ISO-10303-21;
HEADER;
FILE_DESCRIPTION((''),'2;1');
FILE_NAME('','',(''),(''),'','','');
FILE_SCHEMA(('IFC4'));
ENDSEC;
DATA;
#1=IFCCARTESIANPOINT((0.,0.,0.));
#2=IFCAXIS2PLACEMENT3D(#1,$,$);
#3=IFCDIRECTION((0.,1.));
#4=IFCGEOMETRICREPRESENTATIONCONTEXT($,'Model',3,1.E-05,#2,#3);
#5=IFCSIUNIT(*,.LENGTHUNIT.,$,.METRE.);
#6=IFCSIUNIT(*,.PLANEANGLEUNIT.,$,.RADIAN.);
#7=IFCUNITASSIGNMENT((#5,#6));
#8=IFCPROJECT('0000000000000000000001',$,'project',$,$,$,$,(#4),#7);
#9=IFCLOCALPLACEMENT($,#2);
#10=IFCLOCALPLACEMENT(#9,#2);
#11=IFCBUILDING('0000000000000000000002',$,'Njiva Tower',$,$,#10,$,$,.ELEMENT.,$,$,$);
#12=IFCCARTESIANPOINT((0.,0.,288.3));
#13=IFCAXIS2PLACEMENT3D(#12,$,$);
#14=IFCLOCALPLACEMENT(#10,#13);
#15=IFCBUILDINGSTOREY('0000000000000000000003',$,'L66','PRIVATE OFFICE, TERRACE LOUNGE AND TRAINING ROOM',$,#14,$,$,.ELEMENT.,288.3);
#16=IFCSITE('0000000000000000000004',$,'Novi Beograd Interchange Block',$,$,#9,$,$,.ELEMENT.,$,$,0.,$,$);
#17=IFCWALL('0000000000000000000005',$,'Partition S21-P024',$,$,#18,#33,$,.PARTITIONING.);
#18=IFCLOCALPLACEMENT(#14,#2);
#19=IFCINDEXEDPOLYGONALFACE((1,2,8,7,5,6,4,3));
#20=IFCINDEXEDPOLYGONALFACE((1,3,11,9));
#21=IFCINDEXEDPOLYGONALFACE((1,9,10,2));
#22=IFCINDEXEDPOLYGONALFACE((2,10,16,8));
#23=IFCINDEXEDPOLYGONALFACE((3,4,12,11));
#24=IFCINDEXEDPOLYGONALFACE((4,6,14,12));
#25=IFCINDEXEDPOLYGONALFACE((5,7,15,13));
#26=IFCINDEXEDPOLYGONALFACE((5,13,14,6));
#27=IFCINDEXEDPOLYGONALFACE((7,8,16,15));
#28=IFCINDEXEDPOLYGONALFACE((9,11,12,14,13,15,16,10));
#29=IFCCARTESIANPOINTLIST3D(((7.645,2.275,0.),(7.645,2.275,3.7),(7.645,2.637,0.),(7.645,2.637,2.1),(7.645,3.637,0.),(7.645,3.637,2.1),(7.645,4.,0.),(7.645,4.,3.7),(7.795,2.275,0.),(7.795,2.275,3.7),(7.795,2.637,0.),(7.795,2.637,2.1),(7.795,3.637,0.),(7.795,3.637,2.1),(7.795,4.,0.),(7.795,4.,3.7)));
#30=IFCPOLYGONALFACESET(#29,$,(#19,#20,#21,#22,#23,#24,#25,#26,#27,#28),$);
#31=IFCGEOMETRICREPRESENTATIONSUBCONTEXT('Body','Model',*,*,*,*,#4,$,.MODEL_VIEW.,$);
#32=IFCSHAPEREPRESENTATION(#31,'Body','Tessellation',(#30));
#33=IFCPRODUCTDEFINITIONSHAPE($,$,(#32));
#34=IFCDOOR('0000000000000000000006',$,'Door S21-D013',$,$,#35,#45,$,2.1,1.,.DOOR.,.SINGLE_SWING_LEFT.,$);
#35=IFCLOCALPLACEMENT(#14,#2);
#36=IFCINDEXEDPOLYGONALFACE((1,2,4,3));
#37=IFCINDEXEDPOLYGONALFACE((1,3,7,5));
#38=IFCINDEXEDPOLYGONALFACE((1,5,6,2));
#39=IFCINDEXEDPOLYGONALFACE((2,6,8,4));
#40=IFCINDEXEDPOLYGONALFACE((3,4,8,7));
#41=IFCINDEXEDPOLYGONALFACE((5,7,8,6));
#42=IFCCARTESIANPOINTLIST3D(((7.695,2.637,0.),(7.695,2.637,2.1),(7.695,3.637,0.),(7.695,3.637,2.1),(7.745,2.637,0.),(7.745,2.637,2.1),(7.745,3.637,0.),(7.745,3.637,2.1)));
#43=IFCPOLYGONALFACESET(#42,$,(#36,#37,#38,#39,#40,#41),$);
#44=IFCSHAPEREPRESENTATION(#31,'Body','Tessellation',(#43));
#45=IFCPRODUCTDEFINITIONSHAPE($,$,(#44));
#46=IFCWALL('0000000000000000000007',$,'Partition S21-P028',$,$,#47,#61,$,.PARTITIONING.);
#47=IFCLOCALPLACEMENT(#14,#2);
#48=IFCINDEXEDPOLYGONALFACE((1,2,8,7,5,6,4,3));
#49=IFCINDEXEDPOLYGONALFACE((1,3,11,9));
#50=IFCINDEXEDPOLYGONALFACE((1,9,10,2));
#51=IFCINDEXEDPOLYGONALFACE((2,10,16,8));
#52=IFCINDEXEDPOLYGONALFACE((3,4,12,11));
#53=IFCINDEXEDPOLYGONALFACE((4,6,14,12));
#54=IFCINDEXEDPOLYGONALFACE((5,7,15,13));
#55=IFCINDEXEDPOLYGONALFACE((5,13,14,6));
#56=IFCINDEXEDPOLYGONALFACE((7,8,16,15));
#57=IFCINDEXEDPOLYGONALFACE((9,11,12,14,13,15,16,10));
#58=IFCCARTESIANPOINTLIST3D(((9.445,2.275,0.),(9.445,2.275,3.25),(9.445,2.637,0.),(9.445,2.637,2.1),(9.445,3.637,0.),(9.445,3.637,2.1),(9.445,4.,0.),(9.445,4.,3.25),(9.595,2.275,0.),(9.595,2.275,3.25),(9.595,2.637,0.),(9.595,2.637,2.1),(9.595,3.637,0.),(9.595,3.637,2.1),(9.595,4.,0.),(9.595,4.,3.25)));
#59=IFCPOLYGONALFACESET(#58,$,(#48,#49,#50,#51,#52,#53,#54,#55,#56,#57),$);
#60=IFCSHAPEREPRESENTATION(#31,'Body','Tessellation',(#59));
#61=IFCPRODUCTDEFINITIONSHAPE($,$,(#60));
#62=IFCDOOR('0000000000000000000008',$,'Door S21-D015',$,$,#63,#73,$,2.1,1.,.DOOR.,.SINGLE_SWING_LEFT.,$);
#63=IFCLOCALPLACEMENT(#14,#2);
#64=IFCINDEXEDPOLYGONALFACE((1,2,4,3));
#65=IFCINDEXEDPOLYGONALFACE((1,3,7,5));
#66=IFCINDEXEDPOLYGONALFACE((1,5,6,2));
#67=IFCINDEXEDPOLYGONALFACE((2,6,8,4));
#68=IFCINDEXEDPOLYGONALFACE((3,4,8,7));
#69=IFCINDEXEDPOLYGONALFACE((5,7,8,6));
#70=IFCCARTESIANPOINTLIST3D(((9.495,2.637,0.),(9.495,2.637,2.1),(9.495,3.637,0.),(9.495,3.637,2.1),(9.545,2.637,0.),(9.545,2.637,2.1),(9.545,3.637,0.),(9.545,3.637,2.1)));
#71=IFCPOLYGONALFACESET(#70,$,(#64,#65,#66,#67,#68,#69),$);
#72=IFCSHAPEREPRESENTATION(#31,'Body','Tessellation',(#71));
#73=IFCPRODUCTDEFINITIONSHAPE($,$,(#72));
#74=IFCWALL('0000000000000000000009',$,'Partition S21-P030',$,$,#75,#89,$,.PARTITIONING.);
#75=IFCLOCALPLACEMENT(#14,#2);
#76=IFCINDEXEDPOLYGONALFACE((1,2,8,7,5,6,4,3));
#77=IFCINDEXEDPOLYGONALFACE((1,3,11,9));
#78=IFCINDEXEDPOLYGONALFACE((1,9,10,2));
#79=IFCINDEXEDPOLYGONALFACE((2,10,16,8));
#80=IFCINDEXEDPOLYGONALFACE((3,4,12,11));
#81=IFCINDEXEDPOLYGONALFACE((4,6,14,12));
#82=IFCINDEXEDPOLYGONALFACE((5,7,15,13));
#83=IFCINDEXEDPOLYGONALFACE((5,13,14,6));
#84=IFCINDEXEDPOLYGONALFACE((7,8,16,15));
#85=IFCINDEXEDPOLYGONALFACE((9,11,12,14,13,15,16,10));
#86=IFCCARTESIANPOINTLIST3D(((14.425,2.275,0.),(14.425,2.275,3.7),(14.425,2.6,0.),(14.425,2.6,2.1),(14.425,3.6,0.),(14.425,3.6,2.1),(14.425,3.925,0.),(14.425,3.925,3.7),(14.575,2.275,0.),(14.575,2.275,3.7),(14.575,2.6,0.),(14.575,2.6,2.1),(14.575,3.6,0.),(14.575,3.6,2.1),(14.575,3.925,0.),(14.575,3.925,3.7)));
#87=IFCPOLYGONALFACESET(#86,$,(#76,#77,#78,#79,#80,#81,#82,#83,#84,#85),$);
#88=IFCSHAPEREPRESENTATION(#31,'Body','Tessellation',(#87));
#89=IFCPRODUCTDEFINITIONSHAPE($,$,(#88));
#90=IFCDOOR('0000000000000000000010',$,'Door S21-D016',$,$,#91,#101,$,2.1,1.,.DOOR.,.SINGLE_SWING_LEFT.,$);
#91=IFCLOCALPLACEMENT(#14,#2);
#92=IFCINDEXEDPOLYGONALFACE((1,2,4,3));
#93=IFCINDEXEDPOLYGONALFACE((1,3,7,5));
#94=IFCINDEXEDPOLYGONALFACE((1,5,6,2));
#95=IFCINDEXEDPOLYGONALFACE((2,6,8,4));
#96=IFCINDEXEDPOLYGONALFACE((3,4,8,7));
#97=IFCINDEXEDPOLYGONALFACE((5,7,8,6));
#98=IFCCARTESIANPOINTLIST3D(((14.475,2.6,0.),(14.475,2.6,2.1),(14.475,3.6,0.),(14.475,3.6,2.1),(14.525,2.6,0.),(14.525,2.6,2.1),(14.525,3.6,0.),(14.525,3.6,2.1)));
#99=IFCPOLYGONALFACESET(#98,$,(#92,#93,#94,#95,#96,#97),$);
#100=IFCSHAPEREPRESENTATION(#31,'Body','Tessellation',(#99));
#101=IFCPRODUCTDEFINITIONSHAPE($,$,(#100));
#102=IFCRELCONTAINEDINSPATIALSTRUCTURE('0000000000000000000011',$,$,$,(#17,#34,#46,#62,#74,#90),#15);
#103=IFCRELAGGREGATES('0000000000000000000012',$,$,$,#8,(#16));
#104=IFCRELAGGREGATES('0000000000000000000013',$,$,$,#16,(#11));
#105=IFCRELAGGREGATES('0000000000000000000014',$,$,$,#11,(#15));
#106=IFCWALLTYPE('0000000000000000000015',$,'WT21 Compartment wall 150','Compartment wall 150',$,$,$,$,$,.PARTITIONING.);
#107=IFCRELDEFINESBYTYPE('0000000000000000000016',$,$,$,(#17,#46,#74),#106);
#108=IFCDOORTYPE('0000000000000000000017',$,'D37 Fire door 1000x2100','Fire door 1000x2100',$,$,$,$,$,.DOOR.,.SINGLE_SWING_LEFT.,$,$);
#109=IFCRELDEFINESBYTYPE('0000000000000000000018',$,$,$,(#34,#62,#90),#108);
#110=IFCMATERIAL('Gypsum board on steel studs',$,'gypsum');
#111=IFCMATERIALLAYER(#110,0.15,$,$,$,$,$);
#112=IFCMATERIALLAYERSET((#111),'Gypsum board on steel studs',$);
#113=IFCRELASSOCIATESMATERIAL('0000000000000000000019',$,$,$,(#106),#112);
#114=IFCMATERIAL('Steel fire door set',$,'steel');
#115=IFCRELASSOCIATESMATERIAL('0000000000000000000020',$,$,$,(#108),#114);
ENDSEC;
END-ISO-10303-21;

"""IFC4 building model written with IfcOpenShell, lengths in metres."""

from ifc_helpers import new_model, si_unit, direction, frame, frame_2d, origin, place, context, subcontext, project, spatial, rectangle, extrude, material, layer, layer_set, type_object, element, fill, save


model = new_model("IFC4")

# Units and contexts
model_context = context("Model", 3, precision=1e-05, world=origin(), true_north=direction((0.0, 1.0)))
body_context = subcontext(model_context, "Body", "Model", "MODEL_VIEW")
ifc_project = project(units=[si_unit("LENGTHUNIT", "METRE"), si_unit("PLANEANGLEUNIT", "RADIAN")], contexts=[model_context])

# Site, building, storey
site_placement = place(None, origin())
site = spatial("IfcSite", under=ifc_project, at=site_placement, Name="Novi Beograd Interchange Block", CompositionType="ELEMENT", RefElevation=0.0)
building_placement = place(site_placement, origin())
building = spatial("IfcBuilding", under=site, at=building_placement, Name="Njiva Tower", CompositionType="ELEMENT")
storey_placement = place(building_placement, frame((0.0, 0.0, 288.3)))
storey = spatial("IfcBuildingStorey", under=building, at=storey_placement, Name="L66", Description="PRIVATE OFFICE, TERRACE LOUNGE AND TRAINING ROOM", CompositionType="ELEMENT", Elevation=288.3)

# Shared definitions
ifc_material_1 = material(Name="Gypsum board on steel studs", Category="gypsum")

# Walls, openings, doors
ifc_layer_1 = layer(ifc_material_1, 0.15)
ifc_layer_set_1 = layer_set([ifc_layer_1], Name="Gypsum board on steel studs")
wall_type_1 = type_object("IfcWallType", Name="WT21 Compartment wall 150", Description="Compartment wall 150", PredefinedType="PARTITIONING", material=ifc_layer_set_1)
wall_1_placement = place(storey_placement, frame((7.72, 2.275, 0.0), z_axis=(0.0, 0.0, 1.0), x_axis=(0.0, 1.0, 0.0)))
wall_1 = element("IfcWall", 1, at=wall_1_placement, inside=storey, type_object=wall_type_1, Name="Partition S21-P024", PredefinedType="PARTITIONING", context=body_context, shape_type="SweptSolid", body=[
    extrude(rectangle(XDim=1.725, YDim=0.15, at=frame_2d((0.8625, 0.0))), origin(), (0.0, 0.0, 1.0), 3.7),
])
opening_1_placement = place(wall_1_placement, frame((0.362, 0.0, 0.0)))
opening_1 = element("IfcOpeningElement", 2, at=opening_1_placement, cuts=wall_1, PredefinedType="OPENING", context=body_context, shape_type="SweptSolid", body=[
    extrude(rectangle(XDim=1.0, YDim=2.1, at=frame_2d((0.5, 1.05))), frame((0.0, 0.085, 0.0), z_axis=(0.0, -1.0, 0.0), x_axis=(1.0, 0.0, 0.0)), (0.0, 0.0, 1.0), 0.17),
])
ifc_material_2 = material(Name="Steel fire door set", Category="steel")
door_type_1 = type_object("IfcDoorType", Name="D37 Fire door 1000x2100", Description="Fire door 1000x2100", OperationType="SINGLE_SWING_LEFT", PredefinedType="DOOR", material=ifc_material_2)
door_1_placement = place(opening_1_placement, origin())
door_1 = element("IfcDoor", 3, at=door_1_placement, inside=storey, type_object=door_type_1, Name="Door S21-D013", OperationType="SINGLE_SWING_LEFT", OverallHeight=2.1, OverallWidth=1.0, PredefinedType="DOOR", context=body_context, shape_type="SweptSolid", body=[
    extrude(rectangle(XDim=1.0, YDim=2.1, at=frame_2d((0.5, 1.05))), frame((0.0, 0.025, 0.0), z_axis=(0.0, -1.0, 0.0), x_axis=(1.0, 0.0, 0.0)), (0.0, 0.0, 1.0), 0.05),
])
fill(opening_1, door_1)
wall_2_placement = place(storey_placement, frame((9.52, 2.275, 0.0), z_axis=(0.0, 0.0, 1.0), x_axis=(0.0, 1.0, 0.0)))
wall_2 = element("IfcWall", 4, at=wall_2_placement, inside=storey, type_object=wall_type_1, Name="Partition S21-P028", PredefinedType="PARTITIONING", context=body_context, shape_type="SweptSolid", body=[
    extrude(rectangle(XDim=1.725, YDim=0.15, at=frame_2d((0.8625, 0.0))), origin(), (0.0, 0.0, 1.0), 3.25),
])
opening_2_placement = place(wall_2_placement, frame((0.362, 0.0, 0.0)))
opening_2 = element("IfcOpeningElement", 5, at=opening_2_placement, cuts=wall_2, PredefinedType="OPENING", context=body_context, shape_type="SweptSolid", body=[
    extrude(rectangle(XDim=1.0, YDim=2.1, at=frame_2d((0.5, 1.05))), frame((0.0, 0.085, 0.0), z_axis=(0.0, -1.0, 0.0), x_axis=(1.0, 0.0, 0.0)), (0.0, 0.0, 1.0), 0.17),
])
door_2_placement = place(opening_2_placement, origin())
door_2 = element("IfcDoor", 6, at=door_2_placement, inside=storey, type_object=door_type_1, Name="Door S21-D015", OperationType="SINGLE_SWING_LEFT", OverallHeight=2.1, OverallWidth=1.0, PredefinedType="DOOR", context=body_context, shape_type="SweptSolid", body=[
    extrude(rectangle(XDim=1.0, YDim=2.1, at=frame_2d((0.5, 1.05))), frame((0.0, 0.025, 0.0), z_axis=(0.0, -1.0, 0.0), x_axis=(1.0, 0.0, 0.0)), (0.0, 0.0, 1.0), 0.05),
])
fill(opening_2, door_2)
wall_3_placement = place(storey_placement, frame((14.5, 2.275, 0.0), z_axis=(0.0, 0.0, 1.0), x_axis=(0.0, 1.0, 0.0)))
wall_3 = element("IfcWall", 7, at=wall_3_placement, inside=storey, type_object=wall_type_1, Name="Partition S21-P030", PredefinedType="PARTITIONING", context=body_context, shape_type="SweptSolid", body=[
    extrude(rectangle(XDim=1.65, YDim=0.15, at=frame_2d((0.825, 0.0))), origin(), (0.0, 0.0, 1.0), 3.7),
])
opening_3_placement = place(wall_3_placement, frame((0.325, 0.0, 0.0)))
opening_3 = element("IfcOpeningElement", 8, at=opening_3_placement, cuts=wall_3, PredefinedType="OPENING", context=body_context, shape_type="SweptSolid", body=[
    extrude(rectangle(XDim=1.0, YDim=2.1, at=frame_2d((0.5, 1.05))), frame((0.0, 0.085, 0.0), z_axis=(0.0, -1.0, 0.0), x_axis=(1.0, 0.0, 0.0)), (0.0, 0.0, 1.0), 0.17),
])
door_3_placement = place(opening_3_placement, origin())
door_3 = element("IfcDoor", 9, at=door_3_placement, inside=storey, type_object=door_type_1, Name="Door S21-D016", OperationType="SINGLE_SWING_LEFT", OverallHeight=2.1, OverallWidth=1.0, PredefinedType="DOOR", context=body_context, shape_type="SweptSolid", body=[
    extrude(rectangle(XDim=1.0, YDim=2.1, at=frame_2d((0.5, 1.05))), frame((0.0, 0.025, 0.0), z_axis=(0.0, -1.0, 0.0), x_axis=(1.0, 0.0, 0.0)), (0.0, 0.0, 1.0), 0.05),
])
fill(opening_3, door_3)

save(model, "model.ifc")
